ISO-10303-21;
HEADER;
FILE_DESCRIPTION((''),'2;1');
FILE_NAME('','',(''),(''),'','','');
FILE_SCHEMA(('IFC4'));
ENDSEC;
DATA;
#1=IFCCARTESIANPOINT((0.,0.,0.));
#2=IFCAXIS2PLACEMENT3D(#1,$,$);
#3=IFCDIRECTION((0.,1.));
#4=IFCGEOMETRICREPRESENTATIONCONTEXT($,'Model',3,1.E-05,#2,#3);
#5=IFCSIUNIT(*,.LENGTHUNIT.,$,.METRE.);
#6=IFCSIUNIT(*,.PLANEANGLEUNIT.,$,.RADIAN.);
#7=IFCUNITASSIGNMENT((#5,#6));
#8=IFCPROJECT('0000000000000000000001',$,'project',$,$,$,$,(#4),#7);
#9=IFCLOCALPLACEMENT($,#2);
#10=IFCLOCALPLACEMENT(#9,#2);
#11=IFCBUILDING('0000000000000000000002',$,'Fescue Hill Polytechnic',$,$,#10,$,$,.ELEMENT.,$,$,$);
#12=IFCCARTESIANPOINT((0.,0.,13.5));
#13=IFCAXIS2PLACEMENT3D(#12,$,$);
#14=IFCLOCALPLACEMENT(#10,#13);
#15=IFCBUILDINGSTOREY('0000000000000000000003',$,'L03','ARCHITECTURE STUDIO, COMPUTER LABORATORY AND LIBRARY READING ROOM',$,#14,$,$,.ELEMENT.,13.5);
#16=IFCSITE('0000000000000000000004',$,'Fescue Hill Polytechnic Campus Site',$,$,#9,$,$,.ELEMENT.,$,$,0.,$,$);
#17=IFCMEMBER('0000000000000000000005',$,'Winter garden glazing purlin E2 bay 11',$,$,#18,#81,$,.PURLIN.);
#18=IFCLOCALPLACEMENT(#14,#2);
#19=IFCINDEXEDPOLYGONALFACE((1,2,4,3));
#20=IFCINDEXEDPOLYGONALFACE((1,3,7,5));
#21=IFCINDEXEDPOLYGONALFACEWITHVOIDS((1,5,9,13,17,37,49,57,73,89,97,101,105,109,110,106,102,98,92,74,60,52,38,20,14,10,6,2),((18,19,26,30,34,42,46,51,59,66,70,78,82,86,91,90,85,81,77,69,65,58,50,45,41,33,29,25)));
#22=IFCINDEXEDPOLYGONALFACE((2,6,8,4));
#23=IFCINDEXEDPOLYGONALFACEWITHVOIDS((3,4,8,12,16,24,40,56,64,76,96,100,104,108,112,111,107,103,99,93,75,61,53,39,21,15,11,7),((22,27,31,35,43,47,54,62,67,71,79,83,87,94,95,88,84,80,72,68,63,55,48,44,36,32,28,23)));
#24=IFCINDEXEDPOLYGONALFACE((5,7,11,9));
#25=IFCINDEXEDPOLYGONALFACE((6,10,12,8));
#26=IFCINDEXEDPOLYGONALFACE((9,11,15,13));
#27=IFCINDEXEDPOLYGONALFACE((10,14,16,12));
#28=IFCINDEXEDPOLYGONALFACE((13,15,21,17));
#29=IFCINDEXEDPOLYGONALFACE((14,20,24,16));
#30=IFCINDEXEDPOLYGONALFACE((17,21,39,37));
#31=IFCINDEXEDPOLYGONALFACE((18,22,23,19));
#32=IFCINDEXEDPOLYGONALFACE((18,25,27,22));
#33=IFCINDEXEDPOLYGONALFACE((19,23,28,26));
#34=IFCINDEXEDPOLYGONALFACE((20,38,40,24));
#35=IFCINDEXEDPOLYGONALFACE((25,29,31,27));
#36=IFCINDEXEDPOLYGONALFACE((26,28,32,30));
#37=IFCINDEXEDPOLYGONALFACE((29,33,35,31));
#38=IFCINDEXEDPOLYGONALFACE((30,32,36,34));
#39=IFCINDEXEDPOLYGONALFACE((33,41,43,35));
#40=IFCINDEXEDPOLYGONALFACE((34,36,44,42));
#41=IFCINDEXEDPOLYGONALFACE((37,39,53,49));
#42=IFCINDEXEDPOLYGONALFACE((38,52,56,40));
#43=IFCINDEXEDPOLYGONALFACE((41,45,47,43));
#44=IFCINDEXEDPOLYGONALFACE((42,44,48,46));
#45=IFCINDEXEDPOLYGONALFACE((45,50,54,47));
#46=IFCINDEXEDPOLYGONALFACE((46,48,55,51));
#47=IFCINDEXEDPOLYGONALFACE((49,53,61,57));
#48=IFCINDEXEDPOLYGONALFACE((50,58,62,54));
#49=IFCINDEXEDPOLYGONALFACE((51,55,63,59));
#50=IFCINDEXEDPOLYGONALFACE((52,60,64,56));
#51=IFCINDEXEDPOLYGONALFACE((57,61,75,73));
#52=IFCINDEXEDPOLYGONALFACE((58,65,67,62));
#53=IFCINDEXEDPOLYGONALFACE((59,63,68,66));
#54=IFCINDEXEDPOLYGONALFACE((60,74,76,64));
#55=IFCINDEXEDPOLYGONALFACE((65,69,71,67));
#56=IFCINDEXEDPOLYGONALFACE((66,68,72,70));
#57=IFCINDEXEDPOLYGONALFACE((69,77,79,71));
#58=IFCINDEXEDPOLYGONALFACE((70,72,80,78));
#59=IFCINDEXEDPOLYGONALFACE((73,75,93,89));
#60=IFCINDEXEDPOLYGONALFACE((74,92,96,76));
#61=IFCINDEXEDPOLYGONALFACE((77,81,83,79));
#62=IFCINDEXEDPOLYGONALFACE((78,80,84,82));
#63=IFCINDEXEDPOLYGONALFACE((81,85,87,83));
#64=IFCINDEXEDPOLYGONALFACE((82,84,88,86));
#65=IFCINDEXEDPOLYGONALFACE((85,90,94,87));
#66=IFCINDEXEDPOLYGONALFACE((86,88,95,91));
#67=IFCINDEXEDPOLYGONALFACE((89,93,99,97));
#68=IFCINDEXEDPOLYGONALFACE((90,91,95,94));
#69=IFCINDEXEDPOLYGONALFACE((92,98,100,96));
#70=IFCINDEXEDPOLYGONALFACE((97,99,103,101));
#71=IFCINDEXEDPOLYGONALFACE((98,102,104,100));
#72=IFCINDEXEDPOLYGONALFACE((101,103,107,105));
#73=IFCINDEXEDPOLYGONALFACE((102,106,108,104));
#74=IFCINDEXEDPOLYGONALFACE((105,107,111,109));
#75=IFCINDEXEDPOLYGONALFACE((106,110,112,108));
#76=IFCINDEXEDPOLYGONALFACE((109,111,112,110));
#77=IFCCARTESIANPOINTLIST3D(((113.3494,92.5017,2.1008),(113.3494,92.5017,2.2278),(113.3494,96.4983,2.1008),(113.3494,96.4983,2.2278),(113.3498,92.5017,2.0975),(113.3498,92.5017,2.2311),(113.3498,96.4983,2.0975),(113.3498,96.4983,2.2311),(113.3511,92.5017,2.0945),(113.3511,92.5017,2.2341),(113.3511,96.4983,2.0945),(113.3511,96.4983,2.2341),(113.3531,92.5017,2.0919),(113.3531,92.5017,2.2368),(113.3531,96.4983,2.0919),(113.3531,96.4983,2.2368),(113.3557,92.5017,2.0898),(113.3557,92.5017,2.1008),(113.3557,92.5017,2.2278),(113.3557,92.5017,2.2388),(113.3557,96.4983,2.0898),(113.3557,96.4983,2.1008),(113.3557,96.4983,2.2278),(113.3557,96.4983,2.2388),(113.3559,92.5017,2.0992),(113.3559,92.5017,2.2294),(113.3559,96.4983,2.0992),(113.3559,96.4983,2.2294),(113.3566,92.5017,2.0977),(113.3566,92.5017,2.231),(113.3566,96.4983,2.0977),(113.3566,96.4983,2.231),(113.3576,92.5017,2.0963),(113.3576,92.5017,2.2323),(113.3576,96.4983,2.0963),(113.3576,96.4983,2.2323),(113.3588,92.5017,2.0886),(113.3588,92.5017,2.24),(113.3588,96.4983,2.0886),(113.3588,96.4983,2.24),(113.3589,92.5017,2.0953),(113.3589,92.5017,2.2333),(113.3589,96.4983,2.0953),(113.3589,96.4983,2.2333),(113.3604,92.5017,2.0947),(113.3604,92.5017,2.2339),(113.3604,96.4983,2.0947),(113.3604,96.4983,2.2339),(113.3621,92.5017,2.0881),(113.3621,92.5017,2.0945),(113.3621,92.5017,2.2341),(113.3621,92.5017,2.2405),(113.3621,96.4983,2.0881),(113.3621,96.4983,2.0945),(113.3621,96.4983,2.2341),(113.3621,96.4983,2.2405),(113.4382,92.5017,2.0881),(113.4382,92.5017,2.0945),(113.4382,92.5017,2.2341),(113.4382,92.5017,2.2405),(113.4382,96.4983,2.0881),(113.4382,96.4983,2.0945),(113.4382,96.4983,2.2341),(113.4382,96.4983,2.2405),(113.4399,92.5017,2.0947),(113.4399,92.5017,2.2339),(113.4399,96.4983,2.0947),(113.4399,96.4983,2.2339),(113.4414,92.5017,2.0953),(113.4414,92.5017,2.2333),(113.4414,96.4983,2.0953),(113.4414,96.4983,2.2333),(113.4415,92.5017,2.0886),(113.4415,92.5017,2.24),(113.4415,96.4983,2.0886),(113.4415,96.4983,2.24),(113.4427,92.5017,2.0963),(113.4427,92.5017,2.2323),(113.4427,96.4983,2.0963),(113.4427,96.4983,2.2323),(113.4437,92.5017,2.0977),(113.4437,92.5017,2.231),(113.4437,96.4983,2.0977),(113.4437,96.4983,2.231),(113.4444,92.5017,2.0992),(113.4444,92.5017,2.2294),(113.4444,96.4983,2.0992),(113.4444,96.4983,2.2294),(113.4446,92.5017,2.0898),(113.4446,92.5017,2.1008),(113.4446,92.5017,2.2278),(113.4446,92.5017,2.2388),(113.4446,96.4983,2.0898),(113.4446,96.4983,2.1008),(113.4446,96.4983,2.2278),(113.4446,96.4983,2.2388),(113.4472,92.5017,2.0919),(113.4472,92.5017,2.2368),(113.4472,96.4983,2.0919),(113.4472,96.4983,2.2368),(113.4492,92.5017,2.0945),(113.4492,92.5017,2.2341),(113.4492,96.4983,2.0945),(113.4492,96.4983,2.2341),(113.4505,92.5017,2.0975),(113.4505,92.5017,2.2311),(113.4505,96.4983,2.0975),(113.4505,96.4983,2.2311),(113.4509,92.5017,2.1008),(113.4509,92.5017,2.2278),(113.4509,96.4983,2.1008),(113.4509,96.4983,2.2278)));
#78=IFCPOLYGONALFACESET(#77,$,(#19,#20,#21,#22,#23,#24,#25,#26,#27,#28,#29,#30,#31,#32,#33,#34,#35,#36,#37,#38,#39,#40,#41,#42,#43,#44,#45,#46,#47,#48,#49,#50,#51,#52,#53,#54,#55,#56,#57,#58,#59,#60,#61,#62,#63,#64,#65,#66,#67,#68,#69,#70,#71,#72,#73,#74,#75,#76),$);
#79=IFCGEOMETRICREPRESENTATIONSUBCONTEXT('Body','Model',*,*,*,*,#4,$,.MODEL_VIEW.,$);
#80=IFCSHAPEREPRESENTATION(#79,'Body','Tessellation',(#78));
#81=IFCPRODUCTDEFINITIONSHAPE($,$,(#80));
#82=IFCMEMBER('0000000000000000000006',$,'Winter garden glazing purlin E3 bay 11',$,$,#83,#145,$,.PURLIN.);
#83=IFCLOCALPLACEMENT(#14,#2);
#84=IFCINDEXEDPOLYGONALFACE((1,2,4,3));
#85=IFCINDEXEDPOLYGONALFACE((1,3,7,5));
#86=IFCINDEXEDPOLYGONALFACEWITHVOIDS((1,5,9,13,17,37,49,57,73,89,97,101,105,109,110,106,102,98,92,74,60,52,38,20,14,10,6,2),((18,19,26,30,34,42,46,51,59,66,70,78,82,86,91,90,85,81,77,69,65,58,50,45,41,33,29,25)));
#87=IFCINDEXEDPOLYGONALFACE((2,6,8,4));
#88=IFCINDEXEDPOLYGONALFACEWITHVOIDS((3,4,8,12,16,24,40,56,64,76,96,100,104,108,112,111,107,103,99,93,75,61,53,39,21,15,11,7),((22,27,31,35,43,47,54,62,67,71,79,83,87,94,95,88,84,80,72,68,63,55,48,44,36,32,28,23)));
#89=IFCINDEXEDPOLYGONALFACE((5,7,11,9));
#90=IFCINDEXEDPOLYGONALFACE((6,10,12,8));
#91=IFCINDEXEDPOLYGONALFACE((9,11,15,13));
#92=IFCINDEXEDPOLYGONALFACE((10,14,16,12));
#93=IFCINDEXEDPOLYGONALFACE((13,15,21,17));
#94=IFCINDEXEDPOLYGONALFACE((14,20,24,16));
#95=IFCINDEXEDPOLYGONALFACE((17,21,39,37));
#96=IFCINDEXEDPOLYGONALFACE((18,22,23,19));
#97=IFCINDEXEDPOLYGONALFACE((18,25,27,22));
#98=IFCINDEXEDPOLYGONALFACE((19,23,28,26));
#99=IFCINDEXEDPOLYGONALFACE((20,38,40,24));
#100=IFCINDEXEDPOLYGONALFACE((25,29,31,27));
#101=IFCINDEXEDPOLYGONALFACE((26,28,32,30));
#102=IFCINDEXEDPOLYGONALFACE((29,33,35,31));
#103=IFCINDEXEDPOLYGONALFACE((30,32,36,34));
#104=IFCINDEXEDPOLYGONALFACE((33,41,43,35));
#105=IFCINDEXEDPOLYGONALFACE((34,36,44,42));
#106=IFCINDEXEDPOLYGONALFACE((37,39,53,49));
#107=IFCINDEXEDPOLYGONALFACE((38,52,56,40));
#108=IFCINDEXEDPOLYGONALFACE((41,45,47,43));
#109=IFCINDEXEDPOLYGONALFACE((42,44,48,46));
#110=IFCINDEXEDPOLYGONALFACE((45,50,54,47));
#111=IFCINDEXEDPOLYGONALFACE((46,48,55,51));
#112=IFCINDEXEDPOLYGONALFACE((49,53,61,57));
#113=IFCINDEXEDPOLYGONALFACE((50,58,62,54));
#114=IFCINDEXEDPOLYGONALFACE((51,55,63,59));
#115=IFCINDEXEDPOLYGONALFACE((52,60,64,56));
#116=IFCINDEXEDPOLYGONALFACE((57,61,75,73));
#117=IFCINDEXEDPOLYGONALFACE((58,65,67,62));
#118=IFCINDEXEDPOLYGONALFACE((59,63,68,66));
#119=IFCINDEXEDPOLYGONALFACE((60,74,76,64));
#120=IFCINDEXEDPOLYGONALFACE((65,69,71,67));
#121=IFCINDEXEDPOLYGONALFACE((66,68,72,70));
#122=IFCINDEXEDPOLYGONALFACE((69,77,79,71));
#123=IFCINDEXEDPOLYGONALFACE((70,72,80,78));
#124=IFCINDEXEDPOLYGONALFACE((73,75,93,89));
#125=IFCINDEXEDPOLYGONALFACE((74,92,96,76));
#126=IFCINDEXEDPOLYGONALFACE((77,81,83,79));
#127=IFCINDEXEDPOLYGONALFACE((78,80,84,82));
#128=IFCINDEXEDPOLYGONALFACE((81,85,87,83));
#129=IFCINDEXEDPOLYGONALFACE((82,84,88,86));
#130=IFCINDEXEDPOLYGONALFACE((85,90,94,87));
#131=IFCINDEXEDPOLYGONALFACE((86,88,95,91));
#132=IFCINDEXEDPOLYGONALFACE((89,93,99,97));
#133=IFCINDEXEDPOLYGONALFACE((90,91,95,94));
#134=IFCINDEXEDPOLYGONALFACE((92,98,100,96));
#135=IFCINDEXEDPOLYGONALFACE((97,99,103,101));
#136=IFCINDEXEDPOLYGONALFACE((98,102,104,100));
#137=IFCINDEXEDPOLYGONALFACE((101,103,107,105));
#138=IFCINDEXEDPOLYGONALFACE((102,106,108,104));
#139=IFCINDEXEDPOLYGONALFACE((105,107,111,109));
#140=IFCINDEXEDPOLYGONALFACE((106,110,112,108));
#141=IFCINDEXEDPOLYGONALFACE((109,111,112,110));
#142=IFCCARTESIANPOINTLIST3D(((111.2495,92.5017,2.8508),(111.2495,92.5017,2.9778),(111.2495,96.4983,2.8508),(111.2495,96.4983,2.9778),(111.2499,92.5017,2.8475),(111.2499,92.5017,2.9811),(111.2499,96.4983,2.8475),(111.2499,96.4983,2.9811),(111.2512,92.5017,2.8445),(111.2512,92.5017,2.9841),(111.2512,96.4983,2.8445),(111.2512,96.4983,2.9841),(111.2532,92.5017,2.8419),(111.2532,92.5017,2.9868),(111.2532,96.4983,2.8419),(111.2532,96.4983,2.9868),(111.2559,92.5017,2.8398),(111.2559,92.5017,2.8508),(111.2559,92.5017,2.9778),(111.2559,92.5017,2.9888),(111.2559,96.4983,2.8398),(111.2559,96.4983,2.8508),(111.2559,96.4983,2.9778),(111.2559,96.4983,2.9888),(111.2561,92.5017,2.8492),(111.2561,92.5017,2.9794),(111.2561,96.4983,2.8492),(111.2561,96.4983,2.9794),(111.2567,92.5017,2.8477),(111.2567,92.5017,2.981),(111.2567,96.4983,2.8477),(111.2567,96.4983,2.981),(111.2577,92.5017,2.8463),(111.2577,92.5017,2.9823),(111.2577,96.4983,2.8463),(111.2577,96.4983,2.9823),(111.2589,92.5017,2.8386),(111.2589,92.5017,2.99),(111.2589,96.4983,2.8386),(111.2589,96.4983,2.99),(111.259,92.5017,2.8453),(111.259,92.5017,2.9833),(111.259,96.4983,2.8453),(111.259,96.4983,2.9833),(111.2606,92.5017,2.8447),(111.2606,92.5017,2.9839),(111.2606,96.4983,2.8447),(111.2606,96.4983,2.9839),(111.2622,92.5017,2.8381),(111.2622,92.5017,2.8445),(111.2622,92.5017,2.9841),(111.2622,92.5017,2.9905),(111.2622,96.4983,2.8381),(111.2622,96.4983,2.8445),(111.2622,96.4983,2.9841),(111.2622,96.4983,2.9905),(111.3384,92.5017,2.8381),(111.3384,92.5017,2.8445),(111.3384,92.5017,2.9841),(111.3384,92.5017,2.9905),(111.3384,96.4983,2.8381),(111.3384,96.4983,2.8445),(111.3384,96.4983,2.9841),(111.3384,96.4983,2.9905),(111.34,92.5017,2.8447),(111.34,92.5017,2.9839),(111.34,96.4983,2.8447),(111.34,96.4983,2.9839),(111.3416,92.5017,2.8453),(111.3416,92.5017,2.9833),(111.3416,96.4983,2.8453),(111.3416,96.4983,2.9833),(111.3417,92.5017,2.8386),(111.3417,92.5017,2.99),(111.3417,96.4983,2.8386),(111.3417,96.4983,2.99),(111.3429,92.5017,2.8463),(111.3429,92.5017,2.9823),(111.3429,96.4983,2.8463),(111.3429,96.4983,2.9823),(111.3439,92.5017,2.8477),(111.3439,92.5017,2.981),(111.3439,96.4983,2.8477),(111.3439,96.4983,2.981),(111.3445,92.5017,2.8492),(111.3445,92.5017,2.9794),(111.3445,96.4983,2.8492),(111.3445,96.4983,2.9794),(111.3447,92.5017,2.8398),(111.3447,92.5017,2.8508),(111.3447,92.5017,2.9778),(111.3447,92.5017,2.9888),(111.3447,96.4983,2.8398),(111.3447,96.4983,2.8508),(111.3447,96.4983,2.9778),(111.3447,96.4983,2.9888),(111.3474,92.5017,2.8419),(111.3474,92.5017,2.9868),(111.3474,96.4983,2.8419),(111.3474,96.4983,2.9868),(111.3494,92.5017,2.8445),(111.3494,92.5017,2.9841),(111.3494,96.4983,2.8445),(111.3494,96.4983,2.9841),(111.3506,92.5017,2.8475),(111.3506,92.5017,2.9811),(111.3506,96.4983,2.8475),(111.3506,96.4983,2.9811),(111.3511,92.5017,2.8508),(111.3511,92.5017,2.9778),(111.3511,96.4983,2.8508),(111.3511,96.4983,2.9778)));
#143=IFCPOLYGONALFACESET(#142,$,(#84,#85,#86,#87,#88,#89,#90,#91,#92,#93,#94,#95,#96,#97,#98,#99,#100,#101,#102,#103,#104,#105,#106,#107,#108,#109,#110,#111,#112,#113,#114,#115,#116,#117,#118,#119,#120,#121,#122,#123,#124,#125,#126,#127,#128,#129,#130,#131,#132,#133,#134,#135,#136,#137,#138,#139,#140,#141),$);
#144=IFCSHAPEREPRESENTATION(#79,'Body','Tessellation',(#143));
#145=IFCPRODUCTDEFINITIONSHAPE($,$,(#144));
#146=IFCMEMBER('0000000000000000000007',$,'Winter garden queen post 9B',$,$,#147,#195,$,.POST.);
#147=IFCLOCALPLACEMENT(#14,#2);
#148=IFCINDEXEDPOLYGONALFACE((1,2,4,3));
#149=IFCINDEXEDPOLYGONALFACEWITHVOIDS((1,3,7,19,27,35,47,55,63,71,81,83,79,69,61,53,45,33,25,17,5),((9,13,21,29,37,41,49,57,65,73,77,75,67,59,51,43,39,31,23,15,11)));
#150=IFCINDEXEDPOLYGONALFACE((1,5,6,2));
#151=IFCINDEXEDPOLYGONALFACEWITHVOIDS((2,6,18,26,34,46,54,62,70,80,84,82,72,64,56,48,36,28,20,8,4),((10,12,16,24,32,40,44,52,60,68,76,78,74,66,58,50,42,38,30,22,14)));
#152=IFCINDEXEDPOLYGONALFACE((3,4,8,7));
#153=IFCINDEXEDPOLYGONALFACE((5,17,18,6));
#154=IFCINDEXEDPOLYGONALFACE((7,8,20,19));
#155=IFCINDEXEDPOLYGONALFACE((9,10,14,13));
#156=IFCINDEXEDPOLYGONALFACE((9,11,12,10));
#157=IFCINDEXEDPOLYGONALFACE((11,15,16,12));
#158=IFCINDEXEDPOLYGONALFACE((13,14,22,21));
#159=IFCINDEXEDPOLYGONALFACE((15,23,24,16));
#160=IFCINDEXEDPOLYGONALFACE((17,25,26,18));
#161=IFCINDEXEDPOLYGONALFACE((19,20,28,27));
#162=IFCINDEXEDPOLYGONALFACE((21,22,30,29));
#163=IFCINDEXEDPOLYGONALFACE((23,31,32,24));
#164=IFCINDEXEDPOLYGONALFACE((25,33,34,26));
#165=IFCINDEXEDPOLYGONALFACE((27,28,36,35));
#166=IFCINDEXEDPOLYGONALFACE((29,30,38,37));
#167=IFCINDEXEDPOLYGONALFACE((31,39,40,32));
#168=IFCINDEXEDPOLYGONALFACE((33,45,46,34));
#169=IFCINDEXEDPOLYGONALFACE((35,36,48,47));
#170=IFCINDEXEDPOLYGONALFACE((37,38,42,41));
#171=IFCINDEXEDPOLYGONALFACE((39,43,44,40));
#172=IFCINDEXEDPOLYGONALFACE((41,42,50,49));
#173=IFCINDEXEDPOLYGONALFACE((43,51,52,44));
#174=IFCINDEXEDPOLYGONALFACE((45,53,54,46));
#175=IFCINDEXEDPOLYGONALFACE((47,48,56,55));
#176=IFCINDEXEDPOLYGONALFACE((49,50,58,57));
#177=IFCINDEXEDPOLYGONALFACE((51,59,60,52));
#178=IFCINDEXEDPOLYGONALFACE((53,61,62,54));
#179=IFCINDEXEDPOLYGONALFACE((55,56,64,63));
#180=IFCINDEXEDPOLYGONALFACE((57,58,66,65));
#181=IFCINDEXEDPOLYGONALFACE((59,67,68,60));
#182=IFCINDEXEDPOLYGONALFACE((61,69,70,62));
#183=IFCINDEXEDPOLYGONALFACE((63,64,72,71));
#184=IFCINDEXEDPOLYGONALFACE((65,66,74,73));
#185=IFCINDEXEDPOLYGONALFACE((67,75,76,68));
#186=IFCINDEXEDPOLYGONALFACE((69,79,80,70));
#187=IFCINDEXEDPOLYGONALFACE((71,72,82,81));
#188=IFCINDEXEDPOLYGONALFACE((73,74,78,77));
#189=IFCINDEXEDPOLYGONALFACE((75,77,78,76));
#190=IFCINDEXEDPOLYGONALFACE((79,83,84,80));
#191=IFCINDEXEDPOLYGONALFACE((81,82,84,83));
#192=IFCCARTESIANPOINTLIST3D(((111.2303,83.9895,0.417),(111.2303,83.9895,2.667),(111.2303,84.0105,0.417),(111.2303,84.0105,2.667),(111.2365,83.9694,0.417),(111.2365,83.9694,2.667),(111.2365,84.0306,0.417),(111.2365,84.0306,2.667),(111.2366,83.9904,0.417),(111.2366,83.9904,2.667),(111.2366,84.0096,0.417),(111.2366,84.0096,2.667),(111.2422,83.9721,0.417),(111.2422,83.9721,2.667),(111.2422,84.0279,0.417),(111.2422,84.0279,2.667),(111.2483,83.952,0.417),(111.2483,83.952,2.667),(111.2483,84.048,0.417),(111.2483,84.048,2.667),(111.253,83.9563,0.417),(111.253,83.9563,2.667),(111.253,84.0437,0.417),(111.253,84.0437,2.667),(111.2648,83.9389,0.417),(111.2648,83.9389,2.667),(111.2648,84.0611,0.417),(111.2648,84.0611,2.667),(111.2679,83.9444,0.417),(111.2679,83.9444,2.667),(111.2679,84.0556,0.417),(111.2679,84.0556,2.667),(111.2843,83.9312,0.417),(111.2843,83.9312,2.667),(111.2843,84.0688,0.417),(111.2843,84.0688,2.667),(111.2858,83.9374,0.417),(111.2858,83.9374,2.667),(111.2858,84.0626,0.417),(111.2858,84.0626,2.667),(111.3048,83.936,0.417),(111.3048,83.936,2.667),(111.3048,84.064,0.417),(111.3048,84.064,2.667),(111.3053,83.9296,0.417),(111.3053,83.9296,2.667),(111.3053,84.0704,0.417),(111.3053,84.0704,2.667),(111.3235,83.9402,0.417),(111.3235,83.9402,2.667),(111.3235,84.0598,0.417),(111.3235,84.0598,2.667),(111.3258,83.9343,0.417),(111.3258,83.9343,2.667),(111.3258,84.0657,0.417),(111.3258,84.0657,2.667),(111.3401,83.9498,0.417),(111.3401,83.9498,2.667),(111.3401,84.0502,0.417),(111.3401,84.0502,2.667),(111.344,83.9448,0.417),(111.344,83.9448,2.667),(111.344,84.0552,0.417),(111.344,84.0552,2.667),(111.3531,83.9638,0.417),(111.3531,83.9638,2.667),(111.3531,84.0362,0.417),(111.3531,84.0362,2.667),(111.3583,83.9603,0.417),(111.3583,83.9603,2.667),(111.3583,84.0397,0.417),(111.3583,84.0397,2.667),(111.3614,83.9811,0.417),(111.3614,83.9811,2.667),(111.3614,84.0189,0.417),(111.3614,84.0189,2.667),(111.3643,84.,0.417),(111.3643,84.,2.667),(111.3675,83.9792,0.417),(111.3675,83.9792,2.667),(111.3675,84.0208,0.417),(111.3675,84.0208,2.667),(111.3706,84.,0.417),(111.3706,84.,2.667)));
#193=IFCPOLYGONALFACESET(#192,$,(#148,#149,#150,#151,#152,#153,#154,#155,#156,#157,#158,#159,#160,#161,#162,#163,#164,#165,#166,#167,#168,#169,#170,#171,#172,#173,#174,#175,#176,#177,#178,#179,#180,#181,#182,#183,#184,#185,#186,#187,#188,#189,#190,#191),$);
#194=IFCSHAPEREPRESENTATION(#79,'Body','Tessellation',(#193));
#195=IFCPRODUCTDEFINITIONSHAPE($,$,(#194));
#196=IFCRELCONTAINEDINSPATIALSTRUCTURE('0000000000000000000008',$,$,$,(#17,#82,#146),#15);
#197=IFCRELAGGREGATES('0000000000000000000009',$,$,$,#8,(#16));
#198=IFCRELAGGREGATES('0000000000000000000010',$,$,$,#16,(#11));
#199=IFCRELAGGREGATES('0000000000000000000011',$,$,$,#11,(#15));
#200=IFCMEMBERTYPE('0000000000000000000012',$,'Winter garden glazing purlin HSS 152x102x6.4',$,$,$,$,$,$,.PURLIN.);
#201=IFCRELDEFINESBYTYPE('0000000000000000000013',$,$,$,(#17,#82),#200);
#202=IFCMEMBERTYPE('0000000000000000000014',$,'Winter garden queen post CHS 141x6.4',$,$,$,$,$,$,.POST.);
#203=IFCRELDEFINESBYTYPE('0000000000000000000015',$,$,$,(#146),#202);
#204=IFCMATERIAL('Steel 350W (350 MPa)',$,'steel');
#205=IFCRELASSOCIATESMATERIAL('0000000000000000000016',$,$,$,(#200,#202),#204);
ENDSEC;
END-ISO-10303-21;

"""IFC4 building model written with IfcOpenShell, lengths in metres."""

from ifc_helpers import new_model, si_unit, direction, frame, origin, origin_2d, place, context, subcontext, project, spatial, hollow_rectangle, hollow_circle, extrude, material, material_profile, profile_set, type_object, element, save


model = new_model("IFC4")

# Units and contexts
model_context = context("Model", 3, precision=1e-05, world=origin(), true_north=direction((0.0, 1.0)))
body_context = subcontext(model_context, "Body", "Model", "MODEL_VIEW")
ifc_project = project(units=[si_unit("LENGTHUNIT", "METRE"), si_unit("PLANEANGLEUNIT", "RADIAN")], contexts=[model_context])

# Site, building, storey
site_placement = place(None, origin())
site = spatial("IfcSite", under=ifc_project, at=site_placement, Name="Fescue Hill Polytechnic Campus Site", CompositionType="ELEMENT", RefElevation=0.0)
building_placement = place(site_placement, origin())
building = spatial("IfcBuilding", under=site, at=building_placement, Name="Fescue Hill Polytechnic", CompositionType="ELEMENT")
storey_placement = place(building_placement, frame((0.0, 0.0, 13.5)))
storey = spatial("IfcBuildingStorey", under=building, at=storey_placement, Name="L03", Description="ARCHITECTURE STUDIO, COMPUTER LABORATORY AND LIBRARY READING ROOM", CompositionType="ELEMENT", Elevation=13.5)

# Members
ifc_material_1 = material(Name="Steel 350W (350 MPa)", Category="steel")
ifc_material_profile_1 = material_profile(ifc_material_1, hollow_rectangle(XDim=0.1016, YDim=0.1523, WallThickness=0.0063, InnerFilletRadius=0.0063, OuterFilletRadius=0.0127, at=origin_2d()), Name="Winter garden glazing purlin HSS 152x102x6.4")
ifc_profile_set_1 = profile_set([ifc_material_profile_1], Name="Steel 350W (350 MPa)")
member_type_1 = type_object("IfcMemberType", Name="Winter garden glazing purlin HSS 152x102x6.4", PredefinedType="PURLIN", material=ifc_profile_set_1)
for number, where, z_axis, x_axis, name in (
    (1, (113.4001, 92.5017, 2.1643), (0.0, 1.0, 0.0), (-1.0, 0.0, 0.0), "Winter garden glazing purlin E2 bay 11"),
    (2, (111.3003, 92.5017, 2.9143), (0.0, 1.0, 0.0), (-1.0, 0.0, 0.0), "Winter garden glazing purlin E3 bay 11"),
):
    element("IfcMember", number, at=place(storey_placement, frame(where, z_axis=z_axis, x_axis=x_axis)), inside=storey, type_object=member_type_1, Name=name, PredefinedType="PURLIN", context=body_context, shape_type="SweptSolid", body=[
        extrude(hollow_rectangle(XDim=0.1016, YDim=0.1523, WallThickness=0.0063, InnerFilletRadius=0.0063, OuterFilletRadius=0.0127, at=origin_2d()), origin(), (0.0, 0.0, 1.0), 3.9966),
    ])
ifc_material_profile_2 = material_profile(ifc_material_1, hollow_circle(Radius=0.0706, WallThickness=0.0063, at=origin_2d()), Name="Winter garden queen post CHS 141x6.4")
ifc_profile_set_2 = profile_set([ifc_material_profile_2], Name="Steel 350W (350 MPa)")
member_type_2 = type_object("IfcMemberType", Name="Winter garden queen post CHS 141x6.4", PredefinedType="POST", material=ifc_profile_set_2)
for number, where, z_axis, x_axis, name in (
    (3, (111.3, 84.0, 0.417), (0.0, 0.0, 1.0), (1.0, 0.0, 0.0), "Winter garden queen post 9B"),
):
    element("IfcMember", number, at=place(storey_placement, frame(where, z_axis=z_axis, x_axis=x_axis)), inside=storey, type_object=member_type_2, Name=name, PredefinedType="POST", context=body_context, shape_type="SweptSolid", body=[
        extrude(hollow_circle(Radius=0.0706, WallThickness=0.0063, at=origin_2d()), origin(), (0.0, 0.0, 1.0), 2.25),
    ])

save(model, "model.ifc")
